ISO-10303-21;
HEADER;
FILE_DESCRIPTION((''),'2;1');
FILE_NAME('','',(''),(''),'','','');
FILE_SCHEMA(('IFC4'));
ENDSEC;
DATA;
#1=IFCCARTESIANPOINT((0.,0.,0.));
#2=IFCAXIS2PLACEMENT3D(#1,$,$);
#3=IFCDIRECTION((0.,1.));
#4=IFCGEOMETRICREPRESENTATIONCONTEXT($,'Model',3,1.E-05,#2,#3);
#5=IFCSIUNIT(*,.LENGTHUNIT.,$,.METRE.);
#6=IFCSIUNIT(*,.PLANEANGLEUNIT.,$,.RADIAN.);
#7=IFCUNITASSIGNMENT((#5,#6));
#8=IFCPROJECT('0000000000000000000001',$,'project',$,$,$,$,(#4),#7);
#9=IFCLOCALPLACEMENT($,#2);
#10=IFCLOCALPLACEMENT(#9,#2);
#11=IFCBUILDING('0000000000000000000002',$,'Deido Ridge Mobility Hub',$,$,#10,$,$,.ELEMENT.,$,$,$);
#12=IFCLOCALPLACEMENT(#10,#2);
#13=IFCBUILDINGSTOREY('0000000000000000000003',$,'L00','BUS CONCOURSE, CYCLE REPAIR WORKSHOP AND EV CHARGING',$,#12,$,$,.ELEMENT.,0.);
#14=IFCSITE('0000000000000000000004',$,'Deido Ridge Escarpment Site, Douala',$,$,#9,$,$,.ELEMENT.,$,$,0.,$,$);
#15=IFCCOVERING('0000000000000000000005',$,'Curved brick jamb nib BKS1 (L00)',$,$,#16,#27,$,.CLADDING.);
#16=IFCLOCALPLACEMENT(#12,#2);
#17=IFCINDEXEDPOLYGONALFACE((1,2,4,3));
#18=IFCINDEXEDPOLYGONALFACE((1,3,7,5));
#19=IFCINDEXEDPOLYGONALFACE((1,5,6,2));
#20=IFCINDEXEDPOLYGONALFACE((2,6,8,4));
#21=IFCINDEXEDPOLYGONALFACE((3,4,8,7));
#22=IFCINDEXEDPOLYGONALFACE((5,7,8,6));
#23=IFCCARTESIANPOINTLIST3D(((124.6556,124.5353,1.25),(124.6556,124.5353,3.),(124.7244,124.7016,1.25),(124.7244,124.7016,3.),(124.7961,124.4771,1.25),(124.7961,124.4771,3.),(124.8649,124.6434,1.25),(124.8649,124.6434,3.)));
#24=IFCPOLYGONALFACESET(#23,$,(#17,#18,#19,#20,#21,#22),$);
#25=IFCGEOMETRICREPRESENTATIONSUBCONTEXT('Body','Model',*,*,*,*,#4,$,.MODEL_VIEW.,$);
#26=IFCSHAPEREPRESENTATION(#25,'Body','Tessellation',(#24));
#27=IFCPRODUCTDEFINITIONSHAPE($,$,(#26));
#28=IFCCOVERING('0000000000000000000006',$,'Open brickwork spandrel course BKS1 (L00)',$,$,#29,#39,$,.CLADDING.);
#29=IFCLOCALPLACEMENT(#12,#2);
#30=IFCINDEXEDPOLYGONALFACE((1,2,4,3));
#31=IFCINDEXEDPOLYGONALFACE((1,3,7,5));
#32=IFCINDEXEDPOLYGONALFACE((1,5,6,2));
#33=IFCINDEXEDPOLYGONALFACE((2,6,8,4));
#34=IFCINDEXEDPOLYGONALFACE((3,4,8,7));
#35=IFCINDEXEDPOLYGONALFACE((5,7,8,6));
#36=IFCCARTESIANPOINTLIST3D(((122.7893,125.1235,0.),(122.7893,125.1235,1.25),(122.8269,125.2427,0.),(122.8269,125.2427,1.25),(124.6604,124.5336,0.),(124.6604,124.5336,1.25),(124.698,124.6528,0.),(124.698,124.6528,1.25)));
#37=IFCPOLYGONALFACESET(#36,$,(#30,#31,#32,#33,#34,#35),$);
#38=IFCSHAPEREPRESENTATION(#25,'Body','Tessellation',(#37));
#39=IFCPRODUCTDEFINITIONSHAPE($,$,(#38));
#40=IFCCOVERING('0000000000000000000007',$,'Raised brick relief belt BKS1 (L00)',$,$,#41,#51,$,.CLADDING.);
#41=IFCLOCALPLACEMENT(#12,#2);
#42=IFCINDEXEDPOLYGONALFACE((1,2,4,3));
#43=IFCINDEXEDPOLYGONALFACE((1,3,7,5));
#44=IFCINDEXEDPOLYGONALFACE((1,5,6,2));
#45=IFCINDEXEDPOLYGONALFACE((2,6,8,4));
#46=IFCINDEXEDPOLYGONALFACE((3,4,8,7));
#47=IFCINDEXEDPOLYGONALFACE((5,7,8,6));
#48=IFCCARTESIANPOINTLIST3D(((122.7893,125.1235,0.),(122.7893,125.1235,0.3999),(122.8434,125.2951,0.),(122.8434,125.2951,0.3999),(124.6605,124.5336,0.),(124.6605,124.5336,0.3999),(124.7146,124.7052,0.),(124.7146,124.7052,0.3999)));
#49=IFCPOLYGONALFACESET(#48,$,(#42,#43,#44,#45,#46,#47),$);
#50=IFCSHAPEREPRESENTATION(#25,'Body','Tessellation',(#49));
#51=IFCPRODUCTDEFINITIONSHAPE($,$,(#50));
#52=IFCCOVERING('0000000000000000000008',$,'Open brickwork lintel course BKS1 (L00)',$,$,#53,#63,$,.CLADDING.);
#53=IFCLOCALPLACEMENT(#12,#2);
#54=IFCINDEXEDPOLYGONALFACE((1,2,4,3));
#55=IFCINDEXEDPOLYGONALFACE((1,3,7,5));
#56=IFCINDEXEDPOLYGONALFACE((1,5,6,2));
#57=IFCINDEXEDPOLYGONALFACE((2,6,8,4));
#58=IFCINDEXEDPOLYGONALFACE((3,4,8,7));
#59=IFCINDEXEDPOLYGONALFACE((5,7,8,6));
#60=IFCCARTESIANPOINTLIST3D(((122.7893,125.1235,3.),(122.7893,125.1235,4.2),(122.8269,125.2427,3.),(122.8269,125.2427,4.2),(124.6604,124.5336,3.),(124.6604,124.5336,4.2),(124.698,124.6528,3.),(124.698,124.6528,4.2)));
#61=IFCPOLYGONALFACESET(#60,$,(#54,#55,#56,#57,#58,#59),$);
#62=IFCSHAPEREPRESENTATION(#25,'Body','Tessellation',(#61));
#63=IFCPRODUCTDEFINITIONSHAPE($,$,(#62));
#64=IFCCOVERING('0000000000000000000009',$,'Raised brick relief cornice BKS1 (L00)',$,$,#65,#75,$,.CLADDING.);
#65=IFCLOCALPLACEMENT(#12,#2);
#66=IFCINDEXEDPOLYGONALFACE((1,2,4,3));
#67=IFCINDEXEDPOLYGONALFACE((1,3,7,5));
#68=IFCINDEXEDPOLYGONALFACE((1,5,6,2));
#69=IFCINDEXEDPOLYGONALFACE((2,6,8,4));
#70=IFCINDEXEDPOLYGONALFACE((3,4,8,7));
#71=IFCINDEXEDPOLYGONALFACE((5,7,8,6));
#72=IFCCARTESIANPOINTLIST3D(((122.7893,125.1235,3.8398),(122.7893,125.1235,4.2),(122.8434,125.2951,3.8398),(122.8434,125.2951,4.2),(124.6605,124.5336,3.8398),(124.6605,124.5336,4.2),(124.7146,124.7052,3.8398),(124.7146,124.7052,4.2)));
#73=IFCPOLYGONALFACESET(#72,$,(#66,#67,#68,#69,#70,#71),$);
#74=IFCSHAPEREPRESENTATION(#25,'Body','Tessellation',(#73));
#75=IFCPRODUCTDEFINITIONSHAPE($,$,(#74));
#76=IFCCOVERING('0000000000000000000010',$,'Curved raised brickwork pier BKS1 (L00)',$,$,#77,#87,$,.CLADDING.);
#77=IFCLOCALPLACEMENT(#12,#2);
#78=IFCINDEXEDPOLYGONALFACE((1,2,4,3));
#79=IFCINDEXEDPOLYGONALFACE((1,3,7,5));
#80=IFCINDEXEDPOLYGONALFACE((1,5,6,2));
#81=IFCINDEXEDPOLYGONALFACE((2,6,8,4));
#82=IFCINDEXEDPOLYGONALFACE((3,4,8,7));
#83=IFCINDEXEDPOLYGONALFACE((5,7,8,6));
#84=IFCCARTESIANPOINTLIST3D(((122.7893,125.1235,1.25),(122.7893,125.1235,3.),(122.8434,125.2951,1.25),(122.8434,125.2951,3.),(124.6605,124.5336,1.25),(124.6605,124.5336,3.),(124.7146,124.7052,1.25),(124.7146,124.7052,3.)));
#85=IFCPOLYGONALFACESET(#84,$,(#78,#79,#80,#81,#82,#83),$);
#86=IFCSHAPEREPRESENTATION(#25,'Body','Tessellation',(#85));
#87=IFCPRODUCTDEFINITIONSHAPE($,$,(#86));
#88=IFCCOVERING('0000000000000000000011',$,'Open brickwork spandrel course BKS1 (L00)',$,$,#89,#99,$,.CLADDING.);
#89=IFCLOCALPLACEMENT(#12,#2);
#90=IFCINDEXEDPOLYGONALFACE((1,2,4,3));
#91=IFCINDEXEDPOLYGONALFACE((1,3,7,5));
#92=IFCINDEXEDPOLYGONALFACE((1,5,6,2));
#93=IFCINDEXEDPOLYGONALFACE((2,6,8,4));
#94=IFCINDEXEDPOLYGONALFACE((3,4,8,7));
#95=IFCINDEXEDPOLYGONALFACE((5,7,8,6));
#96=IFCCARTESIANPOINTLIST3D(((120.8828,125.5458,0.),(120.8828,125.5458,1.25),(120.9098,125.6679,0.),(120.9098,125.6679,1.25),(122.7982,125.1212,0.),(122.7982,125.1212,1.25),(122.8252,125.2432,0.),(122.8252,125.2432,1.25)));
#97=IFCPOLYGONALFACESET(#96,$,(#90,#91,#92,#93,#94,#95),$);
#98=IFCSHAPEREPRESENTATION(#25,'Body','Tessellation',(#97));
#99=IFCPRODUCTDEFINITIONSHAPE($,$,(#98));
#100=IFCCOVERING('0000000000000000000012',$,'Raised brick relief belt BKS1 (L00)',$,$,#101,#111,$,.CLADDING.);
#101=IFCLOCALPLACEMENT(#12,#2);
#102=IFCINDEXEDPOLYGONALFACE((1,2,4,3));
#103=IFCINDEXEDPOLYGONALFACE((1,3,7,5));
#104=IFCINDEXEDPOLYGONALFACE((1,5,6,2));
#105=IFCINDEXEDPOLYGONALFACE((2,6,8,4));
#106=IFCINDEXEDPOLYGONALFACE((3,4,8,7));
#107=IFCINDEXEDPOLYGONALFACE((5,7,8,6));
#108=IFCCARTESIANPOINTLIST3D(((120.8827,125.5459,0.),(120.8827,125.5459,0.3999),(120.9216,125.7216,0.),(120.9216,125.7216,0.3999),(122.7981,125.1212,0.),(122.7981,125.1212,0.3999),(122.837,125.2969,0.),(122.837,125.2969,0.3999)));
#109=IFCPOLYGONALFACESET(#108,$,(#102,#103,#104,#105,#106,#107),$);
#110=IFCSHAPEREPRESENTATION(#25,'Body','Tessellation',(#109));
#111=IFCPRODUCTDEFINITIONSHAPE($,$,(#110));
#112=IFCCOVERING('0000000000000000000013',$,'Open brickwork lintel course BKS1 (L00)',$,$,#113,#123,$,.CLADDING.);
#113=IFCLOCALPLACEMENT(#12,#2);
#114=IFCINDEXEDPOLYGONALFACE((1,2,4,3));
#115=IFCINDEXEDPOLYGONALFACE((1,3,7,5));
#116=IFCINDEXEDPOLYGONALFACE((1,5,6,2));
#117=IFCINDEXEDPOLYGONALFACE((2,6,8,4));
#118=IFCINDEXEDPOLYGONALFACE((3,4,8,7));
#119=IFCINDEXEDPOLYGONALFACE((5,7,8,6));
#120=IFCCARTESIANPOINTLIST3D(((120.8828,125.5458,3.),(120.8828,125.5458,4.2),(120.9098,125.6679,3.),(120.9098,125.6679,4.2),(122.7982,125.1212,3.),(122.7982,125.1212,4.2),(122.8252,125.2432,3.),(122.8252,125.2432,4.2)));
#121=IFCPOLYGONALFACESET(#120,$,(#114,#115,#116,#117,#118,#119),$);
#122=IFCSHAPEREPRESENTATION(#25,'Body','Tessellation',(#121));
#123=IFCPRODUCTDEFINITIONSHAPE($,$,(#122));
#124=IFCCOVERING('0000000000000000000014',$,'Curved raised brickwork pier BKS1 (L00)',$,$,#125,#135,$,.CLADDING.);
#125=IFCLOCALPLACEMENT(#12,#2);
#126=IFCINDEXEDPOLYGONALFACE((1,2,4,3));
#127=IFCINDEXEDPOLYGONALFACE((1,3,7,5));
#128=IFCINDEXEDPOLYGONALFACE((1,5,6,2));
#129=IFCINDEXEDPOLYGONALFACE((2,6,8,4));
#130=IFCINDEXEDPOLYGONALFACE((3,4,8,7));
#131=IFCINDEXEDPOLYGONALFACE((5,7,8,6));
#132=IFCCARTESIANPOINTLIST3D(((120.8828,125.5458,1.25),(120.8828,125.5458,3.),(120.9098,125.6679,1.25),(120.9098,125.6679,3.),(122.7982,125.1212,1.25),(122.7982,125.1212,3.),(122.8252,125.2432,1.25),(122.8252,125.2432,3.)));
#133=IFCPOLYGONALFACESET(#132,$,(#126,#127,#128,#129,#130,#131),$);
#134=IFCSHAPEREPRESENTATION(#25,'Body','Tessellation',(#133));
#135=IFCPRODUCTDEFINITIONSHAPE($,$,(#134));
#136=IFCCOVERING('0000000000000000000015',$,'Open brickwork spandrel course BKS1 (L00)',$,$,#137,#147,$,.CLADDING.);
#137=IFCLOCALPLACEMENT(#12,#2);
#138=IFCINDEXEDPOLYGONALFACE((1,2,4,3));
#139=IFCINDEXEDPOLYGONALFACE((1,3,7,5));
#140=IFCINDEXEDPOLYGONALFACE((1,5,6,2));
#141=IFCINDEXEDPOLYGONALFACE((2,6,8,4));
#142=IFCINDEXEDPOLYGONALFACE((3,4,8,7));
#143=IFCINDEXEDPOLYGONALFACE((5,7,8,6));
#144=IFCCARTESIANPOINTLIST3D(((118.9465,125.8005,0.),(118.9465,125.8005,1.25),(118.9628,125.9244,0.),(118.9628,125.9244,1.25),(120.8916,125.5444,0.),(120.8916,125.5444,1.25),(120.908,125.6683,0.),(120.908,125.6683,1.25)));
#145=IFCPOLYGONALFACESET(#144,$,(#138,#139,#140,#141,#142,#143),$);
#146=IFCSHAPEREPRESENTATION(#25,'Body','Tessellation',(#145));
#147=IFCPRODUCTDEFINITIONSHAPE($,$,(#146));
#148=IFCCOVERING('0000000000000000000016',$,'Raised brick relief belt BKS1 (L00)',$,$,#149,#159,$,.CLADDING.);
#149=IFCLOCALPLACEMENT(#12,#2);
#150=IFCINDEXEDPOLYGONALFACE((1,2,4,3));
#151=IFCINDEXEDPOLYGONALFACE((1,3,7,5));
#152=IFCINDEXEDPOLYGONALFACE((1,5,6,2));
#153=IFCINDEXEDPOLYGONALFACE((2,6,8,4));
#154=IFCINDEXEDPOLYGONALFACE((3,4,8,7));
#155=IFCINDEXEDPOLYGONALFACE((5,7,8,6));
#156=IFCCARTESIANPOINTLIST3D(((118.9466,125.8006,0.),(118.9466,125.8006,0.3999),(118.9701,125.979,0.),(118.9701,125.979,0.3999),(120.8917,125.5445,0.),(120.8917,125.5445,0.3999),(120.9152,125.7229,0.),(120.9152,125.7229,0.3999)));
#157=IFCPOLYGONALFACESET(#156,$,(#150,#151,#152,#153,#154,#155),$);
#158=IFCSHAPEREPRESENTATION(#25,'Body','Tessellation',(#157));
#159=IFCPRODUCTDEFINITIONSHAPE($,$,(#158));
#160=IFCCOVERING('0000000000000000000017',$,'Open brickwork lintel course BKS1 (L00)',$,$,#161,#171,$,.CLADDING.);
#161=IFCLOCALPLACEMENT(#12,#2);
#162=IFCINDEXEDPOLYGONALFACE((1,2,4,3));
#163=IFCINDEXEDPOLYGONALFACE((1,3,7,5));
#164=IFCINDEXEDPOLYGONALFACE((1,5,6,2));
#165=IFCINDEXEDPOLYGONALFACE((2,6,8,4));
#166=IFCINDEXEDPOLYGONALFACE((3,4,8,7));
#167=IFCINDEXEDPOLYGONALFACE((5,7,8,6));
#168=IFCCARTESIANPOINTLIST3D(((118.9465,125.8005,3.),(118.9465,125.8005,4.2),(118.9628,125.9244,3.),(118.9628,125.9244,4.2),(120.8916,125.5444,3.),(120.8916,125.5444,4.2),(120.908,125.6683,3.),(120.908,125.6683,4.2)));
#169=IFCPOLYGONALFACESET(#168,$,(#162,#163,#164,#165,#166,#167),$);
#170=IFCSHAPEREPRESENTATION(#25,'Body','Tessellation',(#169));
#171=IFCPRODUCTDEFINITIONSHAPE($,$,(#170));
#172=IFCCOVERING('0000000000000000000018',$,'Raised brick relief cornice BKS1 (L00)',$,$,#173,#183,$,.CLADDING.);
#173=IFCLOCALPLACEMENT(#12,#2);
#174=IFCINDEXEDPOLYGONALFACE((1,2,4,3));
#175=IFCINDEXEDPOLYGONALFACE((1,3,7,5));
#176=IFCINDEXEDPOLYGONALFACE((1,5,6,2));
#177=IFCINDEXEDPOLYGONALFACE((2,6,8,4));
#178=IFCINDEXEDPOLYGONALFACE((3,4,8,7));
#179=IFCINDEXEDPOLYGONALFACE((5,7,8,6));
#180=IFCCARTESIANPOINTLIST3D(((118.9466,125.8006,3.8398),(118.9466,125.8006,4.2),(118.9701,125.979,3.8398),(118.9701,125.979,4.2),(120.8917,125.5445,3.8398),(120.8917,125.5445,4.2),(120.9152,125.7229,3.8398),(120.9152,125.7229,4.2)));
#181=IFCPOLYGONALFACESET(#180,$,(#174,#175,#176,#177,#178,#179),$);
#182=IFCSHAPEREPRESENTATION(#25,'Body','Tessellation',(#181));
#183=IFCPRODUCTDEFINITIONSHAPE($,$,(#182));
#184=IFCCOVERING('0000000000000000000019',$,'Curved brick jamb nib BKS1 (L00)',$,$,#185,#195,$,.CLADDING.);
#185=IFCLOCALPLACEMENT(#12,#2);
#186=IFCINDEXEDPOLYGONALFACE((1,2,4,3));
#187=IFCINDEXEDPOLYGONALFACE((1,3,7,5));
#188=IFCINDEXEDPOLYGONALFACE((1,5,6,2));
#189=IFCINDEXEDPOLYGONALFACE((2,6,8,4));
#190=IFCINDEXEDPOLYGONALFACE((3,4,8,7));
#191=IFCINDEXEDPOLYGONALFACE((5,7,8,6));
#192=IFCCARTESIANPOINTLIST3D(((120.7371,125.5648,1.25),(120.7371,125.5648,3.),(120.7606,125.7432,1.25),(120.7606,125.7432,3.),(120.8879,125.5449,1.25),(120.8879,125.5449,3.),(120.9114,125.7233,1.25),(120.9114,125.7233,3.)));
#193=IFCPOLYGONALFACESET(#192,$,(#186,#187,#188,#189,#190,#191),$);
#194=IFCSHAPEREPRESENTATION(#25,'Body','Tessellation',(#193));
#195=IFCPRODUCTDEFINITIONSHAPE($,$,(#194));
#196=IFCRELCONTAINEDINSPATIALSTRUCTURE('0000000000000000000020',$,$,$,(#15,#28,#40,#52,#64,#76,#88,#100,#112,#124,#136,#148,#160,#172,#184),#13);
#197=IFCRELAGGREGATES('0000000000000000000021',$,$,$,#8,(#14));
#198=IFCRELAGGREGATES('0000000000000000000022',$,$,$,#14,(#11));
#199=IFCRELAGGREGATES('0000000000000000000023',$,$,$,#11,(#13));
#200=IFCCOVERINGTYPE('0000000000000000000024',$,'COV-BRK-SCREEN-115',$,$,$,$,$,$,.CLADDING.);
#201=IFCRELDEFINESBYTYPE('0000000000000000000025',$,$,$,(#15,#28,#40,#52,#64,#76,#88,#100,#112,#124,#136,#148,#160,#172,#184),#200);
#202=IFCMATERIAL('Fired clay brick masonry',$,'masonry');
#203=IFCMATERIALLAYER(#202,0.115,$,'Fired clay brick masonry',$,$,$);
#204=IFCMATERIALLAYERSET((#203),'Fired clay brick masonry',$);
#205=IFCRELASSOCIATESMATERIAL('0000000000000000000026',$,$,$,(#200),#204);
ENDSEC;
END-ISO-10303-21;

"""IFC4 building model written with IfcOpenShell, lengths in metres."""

from ifc_helpers import new_model, si_unit, direction, frame, origin, origin_2d, place, context, subcontext, project, spatial, rectangle, extrude, material, layer, layer_set, type_object, element, save


model = new_model("IFC4")

# Units and contexts
model_context = context("Model", 3, precision=1e-05, world=origin(), true_north=direction((0.0, 1.0)))
body_context = subcontext(model_context, "Body", "Model", "MODEL_VIEW")
ifc_project = project(units=[si_unit("LENGTHUNIT", "METRE"), si_unit("PLANEANGLEUNIT", "RADIAN")], contexts=[model_context])

# Site, building, storey
site_placement = place(None, origin())
site = spatial("IfcSite", under=ifc_project, at=site_placement, Name="Deido Ridge Escarpment Site, Douala", CompositionType="ELEMENT", RefElevation=0.0)
building_placement = place(site_placement, origin())
building = spatial("IfcBuilding", under=site, at=building_placement, Name="Deido Ridge Mobility Hub", CompositionType="ELEMENT")
storey_placement = place(building_placement, origin())
storey = spatial("IfcBuildingStorey", under=building, at=storey_placement, Name="L00", Description="BUS CONCOURSE, CYCLE REPAIR WORKSHOP AND EV CHARGING", CompositionType="ELEMENT", Elevation=0.0)

# Coverings
ifc_material_1 = material(Name="Fired clay brick masonry", Category="masonry")
ifc_layer = layer(ifc_material_1, 0.115, Name="Fired clay brick masonry")
ifc_layer_set = layer_set([ifc_layer], Name="Fired clay brick masonry")
covering_type = type_object("IfcCoveringType", Name="COV-BRK-SCREEN-115", PredefinedType="CLADDING", material=ifc_layer_set)
covering_1_placement = place(storey_placement, frame((124.7603, 124.5894, 1.25), z_axis=(0.0, 0.0, 1.0), x_axis=(-0.923873, 0.3827, 0.0)))
element("IfcCovering", 1, at=covering_1_placement, inside=storey, type_object=covering_type, Name="Curved brick jamb nib BKS1 (L00)", PredefinedType="CLADDING", context=body_context, shape_type="SweptSolid", body=[
    extrude(rectangle(XDim=0.1521, YDim=0.1799, at=origin_2d()), origin(), (0.0, 0.0, 1.0), 1.75),
])
covering_2_placement = place(storey_placement, frame((123.7437, 124.8882, 0.0), z_axis=(0.0, 0.0, 1.0), x_axis=(-0.953727, 0.300673, 0.0)))
element("IfcCovering", 2, at=covering_2_placement, inside=storey, type_object=covering_type, Name="Open brickwork spandrel course BKS1 (L00)", PredefinedType="CLADDING", context=body_context, shape_type="SweptSolid", body=[
    extrude(rectangle(XDim=1.9619, YDim=0.125, at=origin_2d()), origin(), (0.0, 0.0, 1.0), 1.25),
])
covering_3_placement = place(storey_placement, frame((123.752, 124.9143, 0.0), z_axis=(0.0, 0.0, 1.0), x_axis=(-0.953727, 0.300673, 0.0)))
element("IfcCovering", 3, at=covering_3_placement, inside=storey, type_object=covering_type, Name="Raised brick relief belt BKS1 (L00)", PredefinedType="CLADDING", context=body_context, shape_type="SweptSolid", body=[
    extrude(rectangle(XDim=1.9619, YDim=0.1799, at=origin_2d()), origin(), (0.0, 0.0, 1.0), 0.3999),
])
covering_4_placement = place(storey_placement, frame((123.7437, 124.8882, 3.0), z_axis=(0.0, 0.0, 1.0), x_axis=(-0.953727, 0.300673, 0.0)))
element("IfcCovering", 4, at=covering_4_placement, inside=storey, type_object=covering_type, Name="Open brickwork lintel course BKS1 (L00)", PredefinedType="CLADDING", context=body_context, shape_type="SweptSolid", body=[
    extrude(rectangle(XDim=1.9619, YDim=0.125, at=origin_2d()), origin(), (0.0, 0.0, 1.0), 1.2),
])
covering_5_placement = place(storey_placement, frame((123.752, 124.9143, 3.8398), z_axis=(0.0, 0.0, 1.0), x_axis=(-0.953727, 0.300673, 0.0)))
element("IfcCovering", 5, at=covering_5_placement, inside=storey, type_object=covering_type, Name="Raised brick relief cornice BKS1 (L00)", PredefinedType="CLADDING", context=body_context, shape_type="SweptSolid", body=[
    extrude(rectangle(XDim=1.9619, YDim=0.1799, at=origin_2d()), origin(), (0.0, 0.0, 1.0), 0.3601),
])
covering_6_placement = place(storey_placement, frame((123.752, 124.9143, 1.25), z_axis=(0.0, 0.0, 1.0), x_axis=(-0.953727, 0.300673, 0.0)))
element("IfcCovering", 6, at=covering_6_placement, inside=storey, type_object=covering_type, Name="Curved raised brickwork pier BKS1 (L00)", PredefinedType="CLADDING", context=body_context, shape_type="SweptSolid", body=[
    extrude(rectangle(XDim=1.9619, YDim=0.1799, at=origin_2d()), origin(), (0.0, 0.0, 1.0), 1.75),
])
covering_7_placement = place(storey_placement, frame((121.854, 125.3945, 0.0), z_axis=(0.0, 0.0, 1.0), x_axis=(-0.976292, 0.216457, 0.0)))
element("IfcCovering", 7, at=covering_7_placement, inside=storey, type_object=covering_type, Name="Open brickwork spandrel course BKS1 (L00)", PredefinedType="CLADDING", context=body_context, shape_type="SweptSolid", body=[
    extrude(rectangle(XDim=1.9619, YDim=0.125, at=origin_2d()), origin(), (0.0, 0.0, 1.0), 1.25),
])
covering_8_placement = place(storey_placement, frame((121.8599, 125.4214, 0.0), z_axis=(0.0, 0.0, 1.0), x_axis=(-0.976292, 0.216457, 0.0)))
element("IfcCovering", 8, at=covering_8_placement, inside=storey, type_object=covering_type, Name="Raised brick relief belt BKS1 (L00)", PredefinedType="CLADDING", context=body_context, shape_type="SweptSolid", body=[
    extrude(rectangle(XDim=1.9619, YDim=0.1799, at=origin_2d()), origin(), (0.0, 0.0, 1.0), 0.3999),
])
covering_9_placement = place(storey_placement, frame((121.854, 125.3945, 3.0), z_axis=(0.0, 0.0, 1.0), x_axis=(-0.976292, 0.216457, 0.0)))
element("IfcCovering", 9, at=covering_9_placement, inside=storey, type_object=covering_type, Name="Open brickwork lintel course BKS1 (L00)", PredefinedType="CLADDING", context=body_context, shape_type="SweptSolid", body=[
    extrude(rectangle(XDim=1.9619, YDim=0.125, at=origin_2d()), origin(), (0.0, 0.0, 1.0), 1.2),
])
covering_10_placement = place(storey_placement, frame((121.854, 125.3945, 1.25), z_axis=(0.0, 0.0, 1.0), x_axis=(-0.976292, 0.216457, 0.0)))
element("IfcCovering", 10, at=covering_10_placement, inside=storey, type_object=covering_type, Name="Curved raised brickwork pier BKS1 (L00)", PredefinedType="CLADDING", context=body_context, shape_type="SweptSolid", body=[
    extrude(rectangle(XDim=1.9619, YDim=0.125, at=origin_2d()), origin(), (0.0, 0.0, 1.0), 1.75),
])
covering_11_placement = place(storey_placement, frame((119.9272, 125.7344, 0.0), z_axis=(0.0, 0.0, 1.0), x_axis=(-0.991443, 0.130543, 0.0)))
element("IfcCovering", 11, at=covering_11_placement, inside=storey, type_object=covering_type, Name="Open brickwork spandrel course BKS1 (L00)", PredefinedType="CLADDING", context=body_context, shape_type="SweptSolid", body=[
    extrude(rectangle(XDim=1.9619, YDim=0.125, at=origin_2d()), origin(), (0.0, 0.0, 1.0), 1.25),
])
covering_12_placement = place(storey_placement, frame((119.9309, 125.7617, 0.0), z_axis=(0.0, 0.0, 1.0), x_axis=(-0.991443, 0.130543, 0.0)))
element("IfcCovering", 12, at=covering_12_placement, inside=storey, type_object=covering_type, Name="Raised brick relief belt BKS1 (L00)", PredefinedType="CLADDING", context=body_context, shape_type="SweptSolid", body=[
    extrude(rectangle(XDim=1.9619, YDim=0.1799, at=origin_2d()), origin(), (0.0, 0.0, 1.0), 0.3999),
])
covering_13_placement = place(storey_placement, frame((119.9272, 125.7344, 3.0), z_axis=(0.0, 0.0, 1.0), x_axis=(-0.991443, 0.130543, 0.0)))
element("IfcCovering", 13, at=covering_13_placement, inside=storey, type_object=covering_type, Name="Open brickwork lintel course BKS1 (L00)", PredefinedType="CLADDING", context=body_context, shape_type="SweptSolid", body=[
    extrude(rectangle(XDim=1.9619, YDim=0.125, at=origin_2d()), origin(), (0.0, 0.0, 1.0), 1.2),
])
covering_14_placement = place(storey_placement, frame((119.9309, 125.7617, 3.8398), z_axis=(0.0, 0.0, 1.0), x_axis=(-0.991443, 0.130543, 0.0)))
element("IfcCovering", 14, at=covering_14_placement, inside=storey, type_object=covering_type, Name="Raised brick relief cornice BKS1 (L00)", PredefinedType="CLADDING", context=body_context, shape_type="SweptSolid", body=[
    extrude(rectangle(XDim=1.9619, YDim=0.1799, at=origin_2d()), origin(), (0.0, 0.0, 1.0), 0.3601),
])
for number, where, z_axis, x_axis, name in (
    (15, (120.8242, 125.644, 1.25), (0.0, 0.0, 1.0), (-0.991443, 0.130543, 0.0), "Curved brick jamb nib BKS1 (L00)"),
):
    element("IfcCovering", number, at=place(storey_placement, frame(where, z_axis=z_axis, x_axis=x_axis)), inside=storey, type_object=covering_type, Name=name, PredefinedType="CLADDING", context=body_context, shape_type="SweptSolid", body=[
        extrude(rectangle(XDim=0.1521, YDim=0.1799, at=origin_2d()), origin(), (0.0, 0.0, 1.0), 1.75),
    ])

save(model, "model.ifc")
